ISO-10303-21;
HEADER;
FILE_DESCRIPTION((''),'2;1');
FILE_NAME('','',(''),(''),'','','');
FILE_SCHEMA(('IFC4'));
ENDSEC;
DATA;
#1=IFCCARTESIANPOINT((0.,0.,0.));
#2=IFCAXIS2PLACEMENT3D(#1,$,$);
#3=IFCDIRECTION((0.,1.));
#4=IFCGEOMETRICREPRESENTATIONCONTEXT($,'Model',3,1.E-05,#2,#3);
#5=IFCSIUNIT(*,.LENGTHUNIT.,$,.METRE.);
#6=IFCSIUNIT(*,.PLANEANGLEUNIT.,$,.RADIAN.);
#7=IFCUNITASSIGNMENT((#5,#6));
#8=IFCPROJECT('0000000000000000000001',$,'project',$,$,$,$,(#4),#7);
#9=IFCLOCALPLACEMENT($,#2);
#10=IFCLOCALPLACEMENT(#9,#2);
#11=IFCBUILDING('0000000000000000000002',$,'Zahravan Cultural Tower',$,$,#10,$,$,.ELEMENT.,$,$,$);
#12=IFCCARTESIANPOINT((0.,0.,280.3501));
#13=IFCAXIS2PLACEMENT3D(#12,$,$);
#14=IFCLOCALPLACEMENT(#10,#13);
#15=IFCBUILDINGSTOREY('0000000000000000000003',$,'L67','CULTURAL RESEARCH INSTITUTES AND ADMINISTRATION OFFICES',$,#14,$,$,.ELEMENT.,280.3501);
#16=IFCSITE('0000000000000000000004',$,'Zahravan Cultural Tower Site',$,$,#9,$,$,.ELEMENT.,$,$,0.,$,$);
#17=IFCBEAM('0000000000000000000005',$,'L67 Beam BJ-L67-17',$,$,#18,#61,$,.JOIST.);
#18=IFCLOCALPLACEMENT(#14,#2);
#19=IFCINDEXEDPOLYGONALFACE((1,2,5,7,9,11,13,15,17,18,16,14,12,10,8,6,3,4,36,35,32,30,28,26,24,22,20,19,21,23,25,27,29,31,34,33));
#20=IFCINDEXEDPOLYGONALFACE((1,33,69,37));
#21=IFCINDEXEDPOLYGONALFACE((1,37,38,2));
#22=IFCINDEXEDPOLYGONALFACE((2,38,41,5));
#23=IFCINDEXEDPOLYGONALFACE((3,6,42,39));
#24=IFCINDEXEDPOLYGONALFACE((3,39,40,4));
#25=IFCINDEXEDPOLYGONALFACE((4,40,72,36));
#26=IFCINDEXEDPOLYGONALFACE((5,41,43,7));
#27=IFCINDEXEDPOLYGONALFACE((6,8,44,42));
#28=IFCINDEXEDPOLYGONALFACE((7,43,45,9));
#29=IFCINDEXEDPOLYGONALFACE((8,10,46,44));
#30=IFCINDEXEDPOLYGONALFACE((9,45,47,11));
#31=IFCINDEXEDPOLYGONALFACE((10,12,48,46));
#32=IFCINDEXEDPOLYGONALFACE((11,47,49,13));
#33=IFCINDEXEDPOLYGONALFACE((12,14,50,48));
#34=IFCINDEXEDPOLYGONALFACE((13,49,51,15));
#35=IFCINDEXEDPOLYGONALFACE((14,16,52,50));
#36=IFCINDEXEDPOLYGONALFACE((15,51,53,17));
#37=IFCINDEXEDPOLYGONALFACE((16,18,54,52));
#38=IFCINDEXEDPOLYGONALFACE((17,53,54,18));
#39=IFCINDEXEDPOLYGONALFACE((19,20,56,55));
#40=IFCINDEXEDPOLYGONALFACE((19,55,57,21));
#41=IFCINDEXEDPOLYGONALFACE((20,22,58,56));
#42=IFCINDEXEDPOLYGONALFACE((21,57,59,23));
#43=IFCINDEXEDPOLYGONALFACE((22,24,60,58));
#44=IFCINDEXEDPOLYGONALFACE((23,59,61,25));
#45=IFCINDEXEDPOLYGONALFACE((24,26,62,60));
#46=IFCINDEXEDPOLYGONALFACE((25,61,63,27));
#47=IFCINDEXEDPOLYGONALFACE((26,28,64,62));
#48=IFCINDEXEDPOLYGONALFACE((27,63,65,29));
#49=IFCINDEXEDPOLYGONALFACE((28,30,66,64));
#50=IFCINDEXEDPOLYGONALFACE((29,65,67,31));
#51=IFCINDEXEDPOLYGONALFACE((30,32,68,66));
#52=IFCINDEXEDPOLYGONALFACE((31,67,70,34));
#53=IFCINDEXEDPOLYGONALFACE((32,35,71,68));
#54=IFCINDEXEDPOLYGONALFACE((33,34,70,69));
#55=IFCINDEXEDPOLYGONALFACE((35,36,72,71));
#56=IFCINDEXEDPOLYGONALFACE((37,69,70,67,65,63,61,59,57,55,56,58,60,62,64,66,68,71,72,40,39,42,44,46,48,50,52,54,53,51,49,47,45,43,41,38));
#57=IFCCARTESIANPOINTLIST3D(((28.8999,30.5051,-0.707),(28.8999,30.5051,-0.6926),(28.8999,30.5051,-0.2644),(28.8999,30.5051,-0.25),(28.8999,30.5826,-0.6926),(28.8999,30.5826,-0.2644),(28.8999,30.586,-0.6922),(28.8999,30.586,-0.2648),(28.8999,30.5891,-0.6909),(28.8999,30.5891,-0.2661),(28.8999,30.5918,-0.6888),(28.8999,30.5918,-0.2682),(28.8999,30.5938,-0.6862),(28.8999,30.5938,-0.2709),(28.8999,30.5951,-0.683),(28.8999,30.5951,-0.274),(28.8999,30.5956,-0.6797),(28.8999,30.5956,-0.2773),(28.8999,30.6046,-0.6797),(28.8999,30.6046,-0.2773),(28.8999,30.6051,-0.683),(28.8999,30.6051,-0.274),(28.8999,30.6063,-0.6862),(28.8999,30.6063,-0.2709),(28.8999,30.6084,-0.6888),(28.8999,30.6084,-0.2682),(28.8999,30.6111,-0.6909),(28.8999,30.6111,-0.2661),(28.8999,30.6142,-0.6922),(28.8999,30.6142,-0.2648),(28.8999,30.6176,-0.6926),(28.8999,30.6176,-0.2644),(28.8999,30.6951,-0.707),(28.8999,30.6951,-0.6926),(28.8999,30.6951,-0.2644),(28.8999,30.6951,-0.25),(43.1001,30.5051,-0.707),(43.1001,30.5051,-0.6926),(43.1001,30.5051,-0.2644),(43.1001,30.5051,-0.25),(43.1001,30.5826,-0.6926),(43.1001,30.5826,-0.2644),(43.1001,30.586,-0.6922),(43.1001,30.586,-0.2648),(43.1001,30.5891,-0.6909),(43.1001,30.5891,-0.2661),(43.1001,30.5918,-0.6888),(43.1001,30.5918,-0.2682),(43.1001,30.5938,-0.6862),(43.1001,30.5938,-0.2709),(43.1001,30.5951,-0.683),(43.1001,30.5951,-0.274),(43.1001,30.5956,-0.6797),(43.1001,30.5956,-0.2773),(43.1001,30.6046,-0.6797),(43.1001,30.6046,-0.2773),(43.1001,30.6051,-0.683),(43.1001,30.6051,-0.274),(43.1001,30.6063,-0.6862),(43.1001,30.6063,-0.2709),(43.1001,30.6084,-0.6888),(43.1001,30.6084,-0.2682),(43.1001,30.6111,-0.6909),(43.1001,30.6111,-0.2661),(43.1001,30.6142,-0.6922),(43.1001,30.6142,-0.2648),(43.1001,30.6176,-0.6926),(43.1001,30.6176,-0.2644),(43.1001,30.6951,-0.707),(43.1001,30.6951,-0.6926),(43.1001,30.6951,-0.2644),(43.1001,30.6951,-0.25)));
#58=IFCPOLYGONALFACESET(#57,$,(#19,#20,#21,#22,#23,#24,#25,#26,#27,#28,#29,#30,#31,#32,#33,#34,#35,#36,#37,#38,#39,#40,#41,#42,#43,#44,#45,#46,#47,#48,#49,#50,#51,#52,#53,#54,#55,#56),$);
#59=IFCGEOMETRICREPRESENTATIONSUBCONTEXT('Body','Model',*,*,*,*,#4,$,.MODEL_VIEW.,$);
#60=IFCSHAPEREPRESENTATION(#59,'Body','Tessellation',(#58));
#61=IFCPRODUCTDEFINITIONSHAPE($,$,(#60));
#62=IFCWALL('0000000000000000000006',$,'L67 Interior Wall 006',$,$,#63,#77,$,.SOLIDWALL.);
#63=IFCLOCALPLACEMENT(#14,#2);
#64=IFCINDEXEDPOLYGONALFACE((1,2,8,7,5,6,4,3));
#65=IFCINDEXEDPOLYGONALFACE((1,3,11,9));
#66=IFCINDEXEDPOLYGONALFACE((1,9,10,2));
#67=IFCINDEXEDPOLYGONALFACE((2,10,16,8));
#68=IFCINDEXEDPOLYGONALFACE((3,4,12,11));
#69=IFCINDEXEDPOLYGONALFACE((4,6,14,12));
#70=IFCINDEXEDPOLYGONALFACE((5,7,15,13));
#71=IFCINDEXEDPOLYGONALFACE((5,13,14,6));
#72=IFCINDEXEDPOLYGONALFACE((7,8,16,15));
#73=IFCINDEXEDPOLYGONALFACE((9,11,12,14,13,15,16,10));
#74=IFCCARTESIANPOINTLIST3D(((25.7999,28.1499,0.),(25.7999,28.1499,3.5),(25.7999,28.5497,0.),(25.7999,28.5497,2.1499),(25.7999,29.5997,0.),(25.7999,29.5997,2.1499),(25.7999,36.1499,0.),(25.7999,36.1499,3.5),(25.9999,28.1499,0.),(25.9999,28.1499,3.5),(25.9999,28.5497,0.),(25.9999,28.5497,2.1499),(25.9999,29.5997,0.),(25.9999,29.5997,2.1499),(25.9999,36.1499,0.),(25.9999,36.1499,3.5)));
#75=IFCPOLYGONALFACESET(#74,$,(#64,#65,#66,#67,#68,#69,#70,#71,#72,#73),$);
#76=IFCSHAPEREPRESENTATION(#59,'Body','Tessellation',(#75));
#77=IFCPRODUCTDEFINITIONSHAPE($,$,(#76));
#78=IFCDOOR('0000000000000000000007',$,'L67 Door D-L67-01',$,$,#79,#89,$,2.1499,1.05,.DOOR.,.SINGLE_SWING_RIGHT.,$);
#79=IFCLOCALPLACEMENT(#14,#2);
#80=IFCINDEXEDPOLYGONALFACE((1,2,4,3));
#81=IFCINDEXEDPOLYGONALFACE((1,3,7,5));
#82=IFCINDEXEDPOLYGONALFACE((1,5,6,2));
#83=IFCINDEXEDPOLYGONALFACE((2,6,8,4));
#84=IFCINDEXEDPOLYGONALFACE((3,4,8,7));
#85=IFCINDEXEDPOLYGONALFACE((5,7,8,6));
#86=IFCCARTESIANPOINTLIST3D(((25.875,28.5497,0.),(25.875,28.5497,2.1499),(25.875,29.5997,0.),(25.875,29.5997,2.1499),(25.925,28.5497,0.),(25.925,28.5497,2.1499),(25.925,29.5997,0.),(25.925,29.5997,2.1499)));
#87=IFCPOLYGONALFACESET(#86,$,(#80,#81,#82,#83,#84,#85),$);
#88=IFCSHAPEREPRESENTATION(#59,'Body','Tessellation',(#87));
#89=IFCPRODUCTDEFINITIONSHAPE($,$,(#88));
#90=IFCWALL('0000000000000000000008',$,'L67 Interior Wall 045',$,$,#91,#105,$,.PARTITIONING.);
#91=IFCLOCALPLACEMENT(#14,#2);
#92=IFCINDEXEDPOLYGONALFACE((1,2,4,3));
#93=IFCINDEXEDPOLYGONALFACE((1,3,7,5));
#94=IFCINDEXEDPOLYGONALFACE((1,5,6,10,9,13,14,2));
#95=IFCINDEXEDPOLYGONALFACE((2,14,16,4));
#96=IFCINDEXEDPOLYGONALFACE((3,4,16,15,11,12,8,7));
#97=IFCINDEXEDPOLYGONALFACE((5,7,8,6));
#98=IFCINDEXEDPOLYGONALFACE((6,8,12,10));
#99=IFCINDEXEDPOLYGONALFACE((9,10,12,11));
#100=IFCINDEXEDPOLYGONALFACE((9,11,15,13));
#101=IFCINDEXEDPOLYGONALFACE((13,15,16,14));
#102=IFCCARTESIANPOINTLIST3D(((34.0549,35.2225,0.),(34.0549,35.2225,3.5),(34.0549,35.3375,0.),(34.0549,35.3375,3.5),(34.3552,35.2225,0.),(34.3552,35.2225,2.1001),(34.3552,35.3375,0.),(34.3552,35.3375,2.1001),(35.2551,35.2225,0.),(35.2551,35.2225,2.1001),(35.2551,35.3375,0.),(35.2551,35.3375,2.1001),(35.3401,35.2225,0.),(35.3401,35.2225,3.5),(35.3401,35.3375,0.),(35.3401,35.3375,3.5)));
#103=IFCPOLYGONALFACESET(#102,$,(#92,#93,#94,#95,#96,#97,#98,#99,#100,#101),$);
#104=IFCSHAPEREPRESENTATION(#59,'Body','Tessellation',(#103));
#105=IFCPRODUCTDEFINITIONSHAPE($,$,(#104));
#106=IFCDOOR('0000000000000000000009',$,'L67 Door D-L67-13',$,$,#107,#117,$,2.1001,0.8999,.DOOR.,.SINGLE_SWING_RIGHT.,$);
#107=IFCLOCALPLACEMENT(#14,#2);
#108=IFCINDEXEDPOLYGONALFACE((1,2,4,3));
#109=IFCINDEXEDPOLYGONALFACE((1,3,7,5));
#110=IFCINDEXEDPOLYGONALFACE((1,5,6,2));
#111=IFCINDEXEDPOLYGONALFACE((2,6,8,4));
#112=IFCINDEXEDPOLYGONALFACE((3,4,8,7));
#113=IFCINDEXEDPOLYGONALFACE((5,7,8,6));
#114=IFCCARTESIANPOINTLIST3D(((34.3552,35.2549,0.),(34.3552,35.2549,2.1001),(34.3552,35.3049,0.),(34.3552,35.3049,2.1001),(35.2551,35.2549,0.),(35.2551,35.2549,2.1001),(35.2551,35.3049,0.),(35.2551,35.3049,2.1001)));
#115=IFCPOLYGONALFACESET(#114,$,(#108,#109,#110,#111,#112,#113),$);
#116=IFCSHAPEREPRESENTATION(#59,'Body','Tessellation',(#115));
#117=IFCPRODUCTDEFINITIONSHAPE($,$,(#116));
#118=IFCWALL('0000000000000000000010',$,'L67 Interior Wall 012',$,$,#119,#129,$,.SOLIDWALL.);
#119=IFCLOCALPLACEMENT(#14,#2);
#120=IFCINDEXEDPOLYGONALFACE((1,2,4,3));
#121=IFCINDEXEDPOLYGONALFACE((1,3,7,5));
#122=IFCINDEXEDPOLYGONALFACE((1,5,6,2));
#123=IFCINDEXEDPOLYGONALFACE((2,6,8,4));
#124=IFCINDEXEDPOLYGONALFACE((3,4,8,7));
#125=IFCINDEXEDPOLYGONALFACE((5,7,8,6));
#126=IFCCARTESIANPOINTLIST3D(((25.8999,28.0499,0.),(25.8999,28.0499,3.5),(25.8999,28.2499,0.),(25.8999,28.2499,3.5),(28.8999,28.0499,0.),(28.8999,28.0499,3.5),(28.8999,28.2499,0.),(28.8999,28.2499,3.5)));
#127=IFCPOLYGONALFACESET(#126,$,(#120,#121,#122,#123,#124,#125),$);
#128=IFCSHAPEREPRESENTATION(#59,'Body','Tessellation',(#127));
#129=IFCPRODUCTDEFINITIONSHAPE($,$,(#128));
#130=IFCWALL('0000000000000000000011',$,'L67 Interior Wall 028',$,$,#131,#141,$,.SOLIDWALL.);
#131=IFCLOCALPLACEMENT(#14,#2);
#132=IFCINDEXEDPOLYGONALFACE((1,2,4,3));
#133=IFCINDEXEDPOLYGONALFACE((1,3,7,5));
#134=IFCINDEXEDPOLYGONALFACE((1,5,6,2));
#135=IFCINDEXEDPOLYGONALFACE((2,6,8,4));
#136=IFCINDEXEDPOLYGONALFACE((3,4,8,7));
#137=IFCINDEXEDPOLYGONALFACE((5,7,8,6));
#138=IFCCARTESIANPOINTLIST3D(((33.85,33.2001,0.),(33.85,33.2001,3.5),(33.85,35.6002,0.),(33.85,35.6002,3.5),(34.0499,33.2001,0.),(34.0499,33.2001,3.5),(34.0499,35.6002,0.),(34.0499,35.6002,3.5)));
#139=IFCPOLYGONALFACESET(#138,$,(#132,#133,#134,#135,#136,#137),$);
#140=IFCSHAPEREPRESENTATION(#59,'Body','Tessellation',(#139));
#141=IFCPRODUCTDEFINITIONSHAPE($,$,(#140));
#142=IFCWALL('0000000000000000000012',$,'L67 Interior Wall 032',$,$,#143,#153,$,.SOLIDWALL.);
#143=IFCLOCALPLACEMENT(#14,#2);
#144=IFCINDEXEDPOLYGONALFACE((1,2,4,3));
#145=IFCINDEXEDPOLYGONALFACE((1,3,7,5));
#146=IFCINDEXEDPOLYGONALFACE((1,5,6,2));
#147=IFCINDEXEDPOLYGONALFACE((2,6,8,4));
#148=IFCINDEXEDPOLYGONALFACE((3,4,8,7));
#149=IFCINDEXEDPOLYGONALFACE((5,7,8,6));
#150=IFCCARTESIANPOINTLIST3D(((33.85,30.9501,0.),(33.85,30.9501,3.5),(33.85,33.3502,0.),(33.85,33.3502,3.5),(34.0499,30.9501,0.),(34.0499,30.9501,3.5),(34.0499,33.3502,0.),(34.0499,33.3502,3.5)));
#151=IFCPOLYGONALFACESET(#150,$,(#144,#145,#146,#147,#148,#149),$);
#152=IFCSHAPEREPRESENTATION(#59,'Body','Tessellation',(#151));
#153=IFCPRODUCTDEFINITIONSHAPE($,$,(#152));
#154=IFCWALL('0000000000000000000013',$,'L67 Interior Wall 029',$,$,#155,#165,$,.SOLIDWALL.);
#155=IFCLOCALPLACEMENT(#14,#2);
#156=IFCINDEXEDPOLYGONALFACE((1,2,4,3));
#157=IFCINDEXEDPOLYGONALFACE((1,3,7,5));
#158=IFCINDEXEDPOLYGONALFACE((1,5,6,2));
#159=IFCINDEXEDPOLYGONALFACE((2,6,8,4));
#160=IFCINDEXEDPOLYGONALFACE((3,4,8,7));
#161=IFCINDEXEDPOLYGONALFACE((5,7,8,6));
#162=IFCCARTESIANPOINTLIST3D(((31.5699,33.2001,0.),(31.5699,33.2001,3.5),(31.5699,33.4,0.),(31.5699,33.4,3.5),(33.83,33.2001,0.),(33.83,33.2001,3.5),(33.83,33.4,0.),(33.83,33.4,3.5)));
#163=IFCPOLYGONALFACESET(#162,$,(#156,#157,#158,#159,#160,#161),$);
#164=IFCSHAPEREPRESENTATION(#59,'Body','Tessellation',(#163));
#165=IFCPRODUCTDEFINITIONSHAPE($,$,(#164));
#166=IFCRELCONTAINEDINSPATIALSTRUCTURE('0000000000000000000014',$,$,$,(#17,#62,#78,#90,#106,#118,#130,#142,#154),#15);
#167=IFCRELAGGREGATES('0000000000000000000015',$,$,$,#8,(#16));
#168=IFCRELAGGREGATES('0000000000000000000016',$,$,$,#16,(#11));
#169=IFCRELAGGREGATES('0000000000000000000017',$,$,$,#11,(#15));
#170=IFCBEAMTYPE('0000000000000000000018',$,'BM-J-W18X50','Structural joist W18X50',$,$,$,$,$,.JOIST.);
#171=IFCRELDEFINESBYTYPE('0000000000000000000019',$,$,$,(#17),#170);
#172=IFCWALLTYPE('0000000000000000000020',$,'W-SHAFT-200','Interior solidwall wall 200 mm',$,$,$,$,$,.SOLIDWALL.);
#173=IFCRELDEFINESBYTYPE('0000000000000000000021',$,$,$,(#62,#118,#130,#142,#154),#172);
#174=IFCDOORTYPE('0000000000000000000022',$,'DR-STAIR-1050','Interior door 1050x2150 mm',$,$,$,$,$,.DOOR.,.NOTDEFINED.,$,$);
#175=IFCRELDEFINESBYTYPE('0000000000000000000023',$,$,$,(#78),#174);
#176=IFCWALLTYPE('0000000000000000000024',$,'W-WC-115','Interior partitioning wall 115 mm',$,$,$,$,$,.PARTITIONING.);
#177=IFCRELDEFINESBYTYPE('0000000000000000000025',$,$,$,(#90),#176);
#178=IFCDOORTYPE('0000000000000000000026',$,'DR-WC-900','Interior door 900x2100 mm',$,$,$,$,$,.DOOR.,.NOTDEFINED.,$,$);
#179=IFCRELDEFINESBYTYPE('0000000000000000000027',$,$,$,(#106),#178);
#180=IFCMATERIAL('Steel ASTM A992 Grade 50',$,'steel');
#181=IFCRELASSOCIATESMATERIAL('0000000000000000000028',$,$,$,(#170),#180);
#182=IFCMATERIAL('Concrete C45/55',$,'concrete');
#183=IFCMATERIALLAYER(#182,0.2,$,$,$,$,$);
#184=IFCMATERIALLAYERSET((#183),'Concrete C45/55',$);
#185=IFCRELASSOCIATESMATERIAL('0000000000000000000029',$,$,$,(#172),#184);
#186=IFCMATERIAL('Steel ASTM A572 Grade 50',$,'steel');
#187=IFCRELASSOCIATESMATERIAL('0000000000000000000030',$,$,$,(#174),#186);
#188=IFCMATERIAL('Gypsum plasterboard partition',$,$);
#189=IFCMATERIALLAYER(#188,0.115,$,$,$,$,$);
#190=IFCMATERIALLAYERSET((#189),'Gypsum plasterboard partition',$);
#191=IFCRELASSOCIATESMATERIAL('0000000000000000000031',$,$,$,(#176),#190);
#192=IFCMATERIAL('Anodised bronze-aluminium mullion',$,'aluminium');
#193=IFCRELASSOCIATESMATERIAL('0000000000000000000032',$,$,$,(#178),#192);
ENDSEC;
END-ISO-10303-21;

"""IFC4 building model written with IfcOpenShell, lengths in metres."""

from ifc_helpers import new_model, si_unit, direction, frame, frame_2d, origin, origin_2d, place, context, subcontext, project, spatial, rectangle, i_section, extrude, source, transform, mapped, material, layer, layer_set, material_profile, profile_set, type_object, element, fill, save


model = new_model("IFC4")

# Units and contexts
model_context = context("Model", 3, precision=1e-05, world=origin(), true_north=direction((0.0, 1.0)))
body_context = subcontext(model_context, "Body", "Model", "MODEL_VIEW")
ifc_project = project(units=[si_unit("LENGTHUNIT", "METRE"), si_unit("PLANEANGLEUNIT", "RADIAN")], contexts=[model_context])

# Site, building, storey
site_placement = place(None, origin())
site = spatial("IfcSite", under=ifc_project, at=site_placement, Name="Zahravan Cultural Tower Site", CompositionType="ELEMENT", RefElevation=0.0)
building_placement = place(site_placement, origin())
building = spatial("IfcBuilding", under=site, at=building_placement, Name="Zahravan Cultural Tower", CompositionType="ELEMENT")
storey_placement = place(building_placement, frame((0.0, 0.0, 280.3501)))
storey = spatial("IfcBuildingStorey", under=building, at=storey_placement, Name="L67", Description="CULTURAL RESEARCH INSTITUTES AND ADMINISTRATION OFFICES", CompositionType="ELEMENT", Elevation=280.3501)

# Beam
ifc_material_1 = material(Name="Steel ASTM A992 Grade 50", Category="steel")
ifc_material_profile = material_profile(ifc_material_1, i_section(OverallWidth=0.1899, OverallDepth=0.457, WebThickness=0.009, FlangeThickness=0.0144, FilletRadius=0.0129, at=origin_2d()), Name="W18X50")
ifc_profile_set = profile_set([ifc_material_profile], Name="Steel ASTM A992 Grade 50")
beam_type = type_object("IfcBeamType", Name="BM-J-W18X50", Description="Structural joist W18X50", PredefinedType="JOIST", material=ifc_profile_set)
shared_shape_1 = source(origin(), body_context, "Body", "SweptSolid", [
    extrude(i_section(OverallWidth=0.1899, OverallDepth=0.457, WebThickness=0.009, FlangeThickness=0.0144, FilletRadius=0.0129, at=origin_2d()), origin(), (0.0, 0.0, 1.0), 14.2002),
])
beam_placement = place(storey_placement, frame((28.8999, 30.6001, -0.4785), z_axis=(1.0, 0.0, 0.0), x_axis=(0.0, 1.0, 0.0)))
element("IfcBeam", 1, at=beam_placement, inside=storey, type_object=beam_type, Name="L67 Beam BJ-L67-17", PredefinedType="JOIST", context=body_context, shape_type="MappedRepresentation", body=[
    mapped(shared_shape_1, transform((0.0, 0.0, 0.0), x_axis=(1.0, 0.0, 0.0), y_axis=(0.0, 1.0, 0.0), z_axis=(0.0, 0.0, 1.0), scale=1.0)),
])

# Walls, openings, doors
ifc_material_2 = material(Name="Concrete C45/55", Category="concrete")
ifc_layer_1 = layer(ifc_material_2, 0.2)
ifc_layer_set_1 = layer_set([ifc_layer_1], Name="Concrete C45/55")
wall_type_1 = type_object("IfcWallType", Name="W-SHAFT-200", Description="Interior solidwall wall 200 mm", PredefinedType="SOLIDWALL", material=ifc_layer_set_1)
wall_1_placement = place(storey_placement, frame((25.8999, 28.1499, 0.0), z_axis=(0.0, 0.0, 1.0), x_axis=(0.0, 1.0, 0.0)))
wall_1 = element("IfcWall", 2, at=wall_1_placement, inside=storey, type_object=wall_type_1, Name="L67 Interior Wall 006", PredefinedType="SOLIDWALL", context=body_context, shape_type="SweptSolid", body=[
    extrude(rectangle(XDim=8.0, YDim=0.2, at=frame_2d((4.0, 0.0))), origin(), (0.0, 0.0, 1.0), 3.5),
])
opening_1_placement = place(wall_1_placement, frame((0.3999, 0.0, 0.0)))
opening_1 = element("IfcOpeningElement", 3, at=opening_1_placement, cuts=wall_1, PredefinedType="OPENING", context=body_context, shape_type="SweptSolid", body=[
    extrude(rectangle(XDim=1.05, YDim=2.1499, at=frame_2d((0.5249, 1.075))), frame((0.0, 0.1099, 0.0), z_axis=(0.0, -1.0, 0.0), x_axis=(1.0, 0.0, 0.0)), (0.0, 0.0, 1.0), 0.22),
])
ifc_material_3 = material(Name="Steel ASTM A572 Grade 50", Category="steel")
door_type_1 = type_object("IfcDoorType", Name="DR-STAIR-1050", Description="Interior door 1050x2150 mm", OperationType="NOTDEFINED", PredefinedType="DOOR", material=ifc_material_3)
shared_shape_2 = source(origin(), body_context, "Body", "SweptSolid", [
    extrude(rectangle(XDim=1.05, YDim=2.1499, at=frame_2d((0.5249, 1.075))), frame((0.0, 0.0249, 0.0), z_axis=(0.0, -1.0, 0.0), x_axis=(1.0, 0.0, 0.0)), (0.0, 0.0, 1.0), 0.05),
])
door_1_placement = place(opening_1_placement, origin())
door_1 = element("IfcDoor", 4, at=door_1_placement, inside=storey, type_object=door_type_1, Name="L67 Door D-L67-01", OperationType="SINGLE_SWING_RIGHT", OverallHeight=2.1499, OverallWidth=1.05, PredefinedType="DOOR", context=body_context, shape_type="MappedRepresentation", body=[
    mapped(shared_shape_2, transform((0.0, 0.0, 0.0), x_axis=(1.0, 0.0, 0.0), y_axis=(0.0, 1.0, 0.0), z_axis=(0.0, 0.0, 1.0), scale=1.0)),
])
fill(opening_1, door_1)
ifc_material_4 = material(Name="Gypsum plasterboard partition")
ifc_layer_2 = layer(ifc_material_4, 0.115)
ifc_layer_set_2 = layer_set([ifc_layer_2], Name="Gypsum plasterboard partition")
wall_type_2 = type_object("IfcWallType", Name="W-WC-115", Description="Interior partitioning wall 115 mm", PredefinedType="PARTITIONING", material=ifc_layer_set_2)
wall_2_placement = place(storey_placement, frame((34.0549, 35.28, 0.0), z_axis=(0.0, 0.0, 1.0), x_axis=(1.0, 0.0, 0.0)))
wall_2 = element("IfcWall", 5, at=wall_2_placement, inside=storey, type_object=wall_type_2, Name="L67 Interior Wall 045", PredefinedType="PARTITIONING", context=body_context, shape_type="SweptSolid", body=[
    extrude(rectangle(XDim=1.2852, YDim=0.115, at=frame_2d((0.6426, 0.0))), origin(), (0.0, 0.0, 1.0), 3.5),
])
opening_2_placement = place(wall_2_placement, frame((0.3003, 0.0, 0.0)))
opening_2 = element("IfcOpeningElement", 6, at=opening_2_placement, cuts=wall_2, PredefinedType="OPENING", context=body_context, shape_type="SweptSolid", body=[
    extrude(rectangle(XDim=0.8999, YDim=2.1001, at=frame_2d((0.45, 1.05))), frame((0.0, 0.0674, 0.0), z_axis=(0.0, -1.0, 0.0), x_axis=(1.0, 0.0, 0.0)), (0.0, 0.0, 1.0), 0.135),
])
ifc_material_5 = material(Name="Anodised bronze-aluminium mullion", Category="aluminium")
door_type_2 = type_object("IfcDoorType", Name="DR-WC-900", Description="Interior door 900x2100 mm", OperationType="NOTDEFINED", PredefinedType="DOOR", material=ifc_material_5)
shared_shape_3 = source(origin(), body_context, "Body", "SweptSolid", [
    extrude(rectangle(XDim=0.8999, YDim=2.1001, at=frame_2d((0.45, 1.05))), frame((0.0, 0.0249, 0.0), z_axis=(0.0, -1.0, 0.0), x_axis=(1.0, 0.0, 0.0)), (0.0, 0.0, 1.0), 0.05),
])
door_2_placement = place(opening_2_placement, origin())
door_2 = element("IfcDoor", 7, at=door_2_placement, inside=storey, type_object=door_type_2, Name="L67 Door D-L67-13", OperationType="SINGLE_SWING_RIGHT", OverallHeight=2.1001, OverallWidth=0.8999, PredefinedType="DOOR", context=body_context, shape_type="MappedRepresentation", body=[
    mapped(shared_shape_3, transform((0.0, 0.0, 0.0), x_axis=(1.0, 0.0, 0.0), y_axis=(0.0, 1.0, 0.0), z_axis=(0.0, 0.0, 1.0), scale=1.0)),
])
fill(opening_2, door_2)

# Walls
shared_shape_4 = source(origin(), body_context, "Body", "SweptSolid", [
    extrude(rectangle(XDim=3.0, YDim=0.2, at=frame_2d((1.5, 0.0))), origin(), (0.0, 0.0, 1.0), 3.5),
])
wall_3_placement = place(storey_placement, frame((25.8999, 28.1499, 0.0), z_axis=(0.0, 0.0, 1.0), x_axis=(1.0, 0.0, 0.0)))
element("IfcWall", 8, at=wall_3_placement, inside=storey, type_object=wall_type_1, Name="L67 Interior Wall 012", PredefinedType="SOLIDWALL", context=body_context, shape_type="MappedRepresentation", body=[
    mapped(shared_shape_4, transform((0.0, 0.0, 0.0), x_axis=(1.0, 0.0, 0.0), y_axis=(0.0, 1.0, 0.0), z_axis=(0.0, 0.0, 1.0), scale=1.0)),
])
shared_shape_5 = source(origin(), body_context, "Body", "SweptSolid", [
    extrude(rectangle(XDim=2.4001, YDim=0.2, at=frame_2d((1.2002, 0.0))), origin(), (0.0, 0.0, 1.0), 3.5),
])
for number, where, z_axis, x_axis, name in (
    (9, (33.95, 33.2, 0.0), (0.0, 0.0, 1.0), (0.0, 1.0, 0.0), "L67 Interior Wall 028"),
    (10, (33.95, 30.95, 0.0), (0.0, 0.0, 1.0), (0.0, 1.0, 0.0), "L67 Interior Wall 032"),
):
    element("IfcWall", number, at=place(storey_placement, frame(where, z_axis=z_axis, x_axis=x_axis)), inside=storey, type_object=wall_type_1, Name=name, PredefinedType="SOLIDWALL", context=body_context, shape_type="MappedRepresentation", body=[
        mapped(shared_shape_5, transform((0.0, 0.0, 0.0), x_axis=(1.0, 0.0, 0.0), y_axis=(0.0, 1.0, 0.0), z_axis=(0.0, 0.0, 1.0), scale=1.0)),
    ])
shared_shape_6 = source(origin(), body_context, "Body", "SweptSolid", [
    extrude(rectangle(XDim=2.26, YDim=0.2, at=frame_2d((1.1299, 0.0))), origin(), (0.0, 0.0, 1.0), 3.5),
])
for number, where, z_axis, x_axis, name in (
    (11, (31.5701, 33.3, 0.0), (0.0, 0.0, 1.0), (1.0, 0.0, 0.0), "L67 Interior Wall 029"),
):
    element("IfcWall", number, at=place(storey_placement, frame(where, z_axis=z_axis, x_axis=x_axis)), inside=storey, type_object=wall_type_1, Name=name, PredefinedType="SOLIDWALL", context=body_context, shape_type="MappedRepresentation", body=[
        mapped(shared_shape_6, transform((0.0, 0.0, 0.0), x_axis=(1.0, 0.0, 0.0), y_axis=(0.0, 1.0, 0.0), z_axis=(0.0, 0.0, 1.0), scale=1.0)),
    ])

save(model, "model.ifc")
